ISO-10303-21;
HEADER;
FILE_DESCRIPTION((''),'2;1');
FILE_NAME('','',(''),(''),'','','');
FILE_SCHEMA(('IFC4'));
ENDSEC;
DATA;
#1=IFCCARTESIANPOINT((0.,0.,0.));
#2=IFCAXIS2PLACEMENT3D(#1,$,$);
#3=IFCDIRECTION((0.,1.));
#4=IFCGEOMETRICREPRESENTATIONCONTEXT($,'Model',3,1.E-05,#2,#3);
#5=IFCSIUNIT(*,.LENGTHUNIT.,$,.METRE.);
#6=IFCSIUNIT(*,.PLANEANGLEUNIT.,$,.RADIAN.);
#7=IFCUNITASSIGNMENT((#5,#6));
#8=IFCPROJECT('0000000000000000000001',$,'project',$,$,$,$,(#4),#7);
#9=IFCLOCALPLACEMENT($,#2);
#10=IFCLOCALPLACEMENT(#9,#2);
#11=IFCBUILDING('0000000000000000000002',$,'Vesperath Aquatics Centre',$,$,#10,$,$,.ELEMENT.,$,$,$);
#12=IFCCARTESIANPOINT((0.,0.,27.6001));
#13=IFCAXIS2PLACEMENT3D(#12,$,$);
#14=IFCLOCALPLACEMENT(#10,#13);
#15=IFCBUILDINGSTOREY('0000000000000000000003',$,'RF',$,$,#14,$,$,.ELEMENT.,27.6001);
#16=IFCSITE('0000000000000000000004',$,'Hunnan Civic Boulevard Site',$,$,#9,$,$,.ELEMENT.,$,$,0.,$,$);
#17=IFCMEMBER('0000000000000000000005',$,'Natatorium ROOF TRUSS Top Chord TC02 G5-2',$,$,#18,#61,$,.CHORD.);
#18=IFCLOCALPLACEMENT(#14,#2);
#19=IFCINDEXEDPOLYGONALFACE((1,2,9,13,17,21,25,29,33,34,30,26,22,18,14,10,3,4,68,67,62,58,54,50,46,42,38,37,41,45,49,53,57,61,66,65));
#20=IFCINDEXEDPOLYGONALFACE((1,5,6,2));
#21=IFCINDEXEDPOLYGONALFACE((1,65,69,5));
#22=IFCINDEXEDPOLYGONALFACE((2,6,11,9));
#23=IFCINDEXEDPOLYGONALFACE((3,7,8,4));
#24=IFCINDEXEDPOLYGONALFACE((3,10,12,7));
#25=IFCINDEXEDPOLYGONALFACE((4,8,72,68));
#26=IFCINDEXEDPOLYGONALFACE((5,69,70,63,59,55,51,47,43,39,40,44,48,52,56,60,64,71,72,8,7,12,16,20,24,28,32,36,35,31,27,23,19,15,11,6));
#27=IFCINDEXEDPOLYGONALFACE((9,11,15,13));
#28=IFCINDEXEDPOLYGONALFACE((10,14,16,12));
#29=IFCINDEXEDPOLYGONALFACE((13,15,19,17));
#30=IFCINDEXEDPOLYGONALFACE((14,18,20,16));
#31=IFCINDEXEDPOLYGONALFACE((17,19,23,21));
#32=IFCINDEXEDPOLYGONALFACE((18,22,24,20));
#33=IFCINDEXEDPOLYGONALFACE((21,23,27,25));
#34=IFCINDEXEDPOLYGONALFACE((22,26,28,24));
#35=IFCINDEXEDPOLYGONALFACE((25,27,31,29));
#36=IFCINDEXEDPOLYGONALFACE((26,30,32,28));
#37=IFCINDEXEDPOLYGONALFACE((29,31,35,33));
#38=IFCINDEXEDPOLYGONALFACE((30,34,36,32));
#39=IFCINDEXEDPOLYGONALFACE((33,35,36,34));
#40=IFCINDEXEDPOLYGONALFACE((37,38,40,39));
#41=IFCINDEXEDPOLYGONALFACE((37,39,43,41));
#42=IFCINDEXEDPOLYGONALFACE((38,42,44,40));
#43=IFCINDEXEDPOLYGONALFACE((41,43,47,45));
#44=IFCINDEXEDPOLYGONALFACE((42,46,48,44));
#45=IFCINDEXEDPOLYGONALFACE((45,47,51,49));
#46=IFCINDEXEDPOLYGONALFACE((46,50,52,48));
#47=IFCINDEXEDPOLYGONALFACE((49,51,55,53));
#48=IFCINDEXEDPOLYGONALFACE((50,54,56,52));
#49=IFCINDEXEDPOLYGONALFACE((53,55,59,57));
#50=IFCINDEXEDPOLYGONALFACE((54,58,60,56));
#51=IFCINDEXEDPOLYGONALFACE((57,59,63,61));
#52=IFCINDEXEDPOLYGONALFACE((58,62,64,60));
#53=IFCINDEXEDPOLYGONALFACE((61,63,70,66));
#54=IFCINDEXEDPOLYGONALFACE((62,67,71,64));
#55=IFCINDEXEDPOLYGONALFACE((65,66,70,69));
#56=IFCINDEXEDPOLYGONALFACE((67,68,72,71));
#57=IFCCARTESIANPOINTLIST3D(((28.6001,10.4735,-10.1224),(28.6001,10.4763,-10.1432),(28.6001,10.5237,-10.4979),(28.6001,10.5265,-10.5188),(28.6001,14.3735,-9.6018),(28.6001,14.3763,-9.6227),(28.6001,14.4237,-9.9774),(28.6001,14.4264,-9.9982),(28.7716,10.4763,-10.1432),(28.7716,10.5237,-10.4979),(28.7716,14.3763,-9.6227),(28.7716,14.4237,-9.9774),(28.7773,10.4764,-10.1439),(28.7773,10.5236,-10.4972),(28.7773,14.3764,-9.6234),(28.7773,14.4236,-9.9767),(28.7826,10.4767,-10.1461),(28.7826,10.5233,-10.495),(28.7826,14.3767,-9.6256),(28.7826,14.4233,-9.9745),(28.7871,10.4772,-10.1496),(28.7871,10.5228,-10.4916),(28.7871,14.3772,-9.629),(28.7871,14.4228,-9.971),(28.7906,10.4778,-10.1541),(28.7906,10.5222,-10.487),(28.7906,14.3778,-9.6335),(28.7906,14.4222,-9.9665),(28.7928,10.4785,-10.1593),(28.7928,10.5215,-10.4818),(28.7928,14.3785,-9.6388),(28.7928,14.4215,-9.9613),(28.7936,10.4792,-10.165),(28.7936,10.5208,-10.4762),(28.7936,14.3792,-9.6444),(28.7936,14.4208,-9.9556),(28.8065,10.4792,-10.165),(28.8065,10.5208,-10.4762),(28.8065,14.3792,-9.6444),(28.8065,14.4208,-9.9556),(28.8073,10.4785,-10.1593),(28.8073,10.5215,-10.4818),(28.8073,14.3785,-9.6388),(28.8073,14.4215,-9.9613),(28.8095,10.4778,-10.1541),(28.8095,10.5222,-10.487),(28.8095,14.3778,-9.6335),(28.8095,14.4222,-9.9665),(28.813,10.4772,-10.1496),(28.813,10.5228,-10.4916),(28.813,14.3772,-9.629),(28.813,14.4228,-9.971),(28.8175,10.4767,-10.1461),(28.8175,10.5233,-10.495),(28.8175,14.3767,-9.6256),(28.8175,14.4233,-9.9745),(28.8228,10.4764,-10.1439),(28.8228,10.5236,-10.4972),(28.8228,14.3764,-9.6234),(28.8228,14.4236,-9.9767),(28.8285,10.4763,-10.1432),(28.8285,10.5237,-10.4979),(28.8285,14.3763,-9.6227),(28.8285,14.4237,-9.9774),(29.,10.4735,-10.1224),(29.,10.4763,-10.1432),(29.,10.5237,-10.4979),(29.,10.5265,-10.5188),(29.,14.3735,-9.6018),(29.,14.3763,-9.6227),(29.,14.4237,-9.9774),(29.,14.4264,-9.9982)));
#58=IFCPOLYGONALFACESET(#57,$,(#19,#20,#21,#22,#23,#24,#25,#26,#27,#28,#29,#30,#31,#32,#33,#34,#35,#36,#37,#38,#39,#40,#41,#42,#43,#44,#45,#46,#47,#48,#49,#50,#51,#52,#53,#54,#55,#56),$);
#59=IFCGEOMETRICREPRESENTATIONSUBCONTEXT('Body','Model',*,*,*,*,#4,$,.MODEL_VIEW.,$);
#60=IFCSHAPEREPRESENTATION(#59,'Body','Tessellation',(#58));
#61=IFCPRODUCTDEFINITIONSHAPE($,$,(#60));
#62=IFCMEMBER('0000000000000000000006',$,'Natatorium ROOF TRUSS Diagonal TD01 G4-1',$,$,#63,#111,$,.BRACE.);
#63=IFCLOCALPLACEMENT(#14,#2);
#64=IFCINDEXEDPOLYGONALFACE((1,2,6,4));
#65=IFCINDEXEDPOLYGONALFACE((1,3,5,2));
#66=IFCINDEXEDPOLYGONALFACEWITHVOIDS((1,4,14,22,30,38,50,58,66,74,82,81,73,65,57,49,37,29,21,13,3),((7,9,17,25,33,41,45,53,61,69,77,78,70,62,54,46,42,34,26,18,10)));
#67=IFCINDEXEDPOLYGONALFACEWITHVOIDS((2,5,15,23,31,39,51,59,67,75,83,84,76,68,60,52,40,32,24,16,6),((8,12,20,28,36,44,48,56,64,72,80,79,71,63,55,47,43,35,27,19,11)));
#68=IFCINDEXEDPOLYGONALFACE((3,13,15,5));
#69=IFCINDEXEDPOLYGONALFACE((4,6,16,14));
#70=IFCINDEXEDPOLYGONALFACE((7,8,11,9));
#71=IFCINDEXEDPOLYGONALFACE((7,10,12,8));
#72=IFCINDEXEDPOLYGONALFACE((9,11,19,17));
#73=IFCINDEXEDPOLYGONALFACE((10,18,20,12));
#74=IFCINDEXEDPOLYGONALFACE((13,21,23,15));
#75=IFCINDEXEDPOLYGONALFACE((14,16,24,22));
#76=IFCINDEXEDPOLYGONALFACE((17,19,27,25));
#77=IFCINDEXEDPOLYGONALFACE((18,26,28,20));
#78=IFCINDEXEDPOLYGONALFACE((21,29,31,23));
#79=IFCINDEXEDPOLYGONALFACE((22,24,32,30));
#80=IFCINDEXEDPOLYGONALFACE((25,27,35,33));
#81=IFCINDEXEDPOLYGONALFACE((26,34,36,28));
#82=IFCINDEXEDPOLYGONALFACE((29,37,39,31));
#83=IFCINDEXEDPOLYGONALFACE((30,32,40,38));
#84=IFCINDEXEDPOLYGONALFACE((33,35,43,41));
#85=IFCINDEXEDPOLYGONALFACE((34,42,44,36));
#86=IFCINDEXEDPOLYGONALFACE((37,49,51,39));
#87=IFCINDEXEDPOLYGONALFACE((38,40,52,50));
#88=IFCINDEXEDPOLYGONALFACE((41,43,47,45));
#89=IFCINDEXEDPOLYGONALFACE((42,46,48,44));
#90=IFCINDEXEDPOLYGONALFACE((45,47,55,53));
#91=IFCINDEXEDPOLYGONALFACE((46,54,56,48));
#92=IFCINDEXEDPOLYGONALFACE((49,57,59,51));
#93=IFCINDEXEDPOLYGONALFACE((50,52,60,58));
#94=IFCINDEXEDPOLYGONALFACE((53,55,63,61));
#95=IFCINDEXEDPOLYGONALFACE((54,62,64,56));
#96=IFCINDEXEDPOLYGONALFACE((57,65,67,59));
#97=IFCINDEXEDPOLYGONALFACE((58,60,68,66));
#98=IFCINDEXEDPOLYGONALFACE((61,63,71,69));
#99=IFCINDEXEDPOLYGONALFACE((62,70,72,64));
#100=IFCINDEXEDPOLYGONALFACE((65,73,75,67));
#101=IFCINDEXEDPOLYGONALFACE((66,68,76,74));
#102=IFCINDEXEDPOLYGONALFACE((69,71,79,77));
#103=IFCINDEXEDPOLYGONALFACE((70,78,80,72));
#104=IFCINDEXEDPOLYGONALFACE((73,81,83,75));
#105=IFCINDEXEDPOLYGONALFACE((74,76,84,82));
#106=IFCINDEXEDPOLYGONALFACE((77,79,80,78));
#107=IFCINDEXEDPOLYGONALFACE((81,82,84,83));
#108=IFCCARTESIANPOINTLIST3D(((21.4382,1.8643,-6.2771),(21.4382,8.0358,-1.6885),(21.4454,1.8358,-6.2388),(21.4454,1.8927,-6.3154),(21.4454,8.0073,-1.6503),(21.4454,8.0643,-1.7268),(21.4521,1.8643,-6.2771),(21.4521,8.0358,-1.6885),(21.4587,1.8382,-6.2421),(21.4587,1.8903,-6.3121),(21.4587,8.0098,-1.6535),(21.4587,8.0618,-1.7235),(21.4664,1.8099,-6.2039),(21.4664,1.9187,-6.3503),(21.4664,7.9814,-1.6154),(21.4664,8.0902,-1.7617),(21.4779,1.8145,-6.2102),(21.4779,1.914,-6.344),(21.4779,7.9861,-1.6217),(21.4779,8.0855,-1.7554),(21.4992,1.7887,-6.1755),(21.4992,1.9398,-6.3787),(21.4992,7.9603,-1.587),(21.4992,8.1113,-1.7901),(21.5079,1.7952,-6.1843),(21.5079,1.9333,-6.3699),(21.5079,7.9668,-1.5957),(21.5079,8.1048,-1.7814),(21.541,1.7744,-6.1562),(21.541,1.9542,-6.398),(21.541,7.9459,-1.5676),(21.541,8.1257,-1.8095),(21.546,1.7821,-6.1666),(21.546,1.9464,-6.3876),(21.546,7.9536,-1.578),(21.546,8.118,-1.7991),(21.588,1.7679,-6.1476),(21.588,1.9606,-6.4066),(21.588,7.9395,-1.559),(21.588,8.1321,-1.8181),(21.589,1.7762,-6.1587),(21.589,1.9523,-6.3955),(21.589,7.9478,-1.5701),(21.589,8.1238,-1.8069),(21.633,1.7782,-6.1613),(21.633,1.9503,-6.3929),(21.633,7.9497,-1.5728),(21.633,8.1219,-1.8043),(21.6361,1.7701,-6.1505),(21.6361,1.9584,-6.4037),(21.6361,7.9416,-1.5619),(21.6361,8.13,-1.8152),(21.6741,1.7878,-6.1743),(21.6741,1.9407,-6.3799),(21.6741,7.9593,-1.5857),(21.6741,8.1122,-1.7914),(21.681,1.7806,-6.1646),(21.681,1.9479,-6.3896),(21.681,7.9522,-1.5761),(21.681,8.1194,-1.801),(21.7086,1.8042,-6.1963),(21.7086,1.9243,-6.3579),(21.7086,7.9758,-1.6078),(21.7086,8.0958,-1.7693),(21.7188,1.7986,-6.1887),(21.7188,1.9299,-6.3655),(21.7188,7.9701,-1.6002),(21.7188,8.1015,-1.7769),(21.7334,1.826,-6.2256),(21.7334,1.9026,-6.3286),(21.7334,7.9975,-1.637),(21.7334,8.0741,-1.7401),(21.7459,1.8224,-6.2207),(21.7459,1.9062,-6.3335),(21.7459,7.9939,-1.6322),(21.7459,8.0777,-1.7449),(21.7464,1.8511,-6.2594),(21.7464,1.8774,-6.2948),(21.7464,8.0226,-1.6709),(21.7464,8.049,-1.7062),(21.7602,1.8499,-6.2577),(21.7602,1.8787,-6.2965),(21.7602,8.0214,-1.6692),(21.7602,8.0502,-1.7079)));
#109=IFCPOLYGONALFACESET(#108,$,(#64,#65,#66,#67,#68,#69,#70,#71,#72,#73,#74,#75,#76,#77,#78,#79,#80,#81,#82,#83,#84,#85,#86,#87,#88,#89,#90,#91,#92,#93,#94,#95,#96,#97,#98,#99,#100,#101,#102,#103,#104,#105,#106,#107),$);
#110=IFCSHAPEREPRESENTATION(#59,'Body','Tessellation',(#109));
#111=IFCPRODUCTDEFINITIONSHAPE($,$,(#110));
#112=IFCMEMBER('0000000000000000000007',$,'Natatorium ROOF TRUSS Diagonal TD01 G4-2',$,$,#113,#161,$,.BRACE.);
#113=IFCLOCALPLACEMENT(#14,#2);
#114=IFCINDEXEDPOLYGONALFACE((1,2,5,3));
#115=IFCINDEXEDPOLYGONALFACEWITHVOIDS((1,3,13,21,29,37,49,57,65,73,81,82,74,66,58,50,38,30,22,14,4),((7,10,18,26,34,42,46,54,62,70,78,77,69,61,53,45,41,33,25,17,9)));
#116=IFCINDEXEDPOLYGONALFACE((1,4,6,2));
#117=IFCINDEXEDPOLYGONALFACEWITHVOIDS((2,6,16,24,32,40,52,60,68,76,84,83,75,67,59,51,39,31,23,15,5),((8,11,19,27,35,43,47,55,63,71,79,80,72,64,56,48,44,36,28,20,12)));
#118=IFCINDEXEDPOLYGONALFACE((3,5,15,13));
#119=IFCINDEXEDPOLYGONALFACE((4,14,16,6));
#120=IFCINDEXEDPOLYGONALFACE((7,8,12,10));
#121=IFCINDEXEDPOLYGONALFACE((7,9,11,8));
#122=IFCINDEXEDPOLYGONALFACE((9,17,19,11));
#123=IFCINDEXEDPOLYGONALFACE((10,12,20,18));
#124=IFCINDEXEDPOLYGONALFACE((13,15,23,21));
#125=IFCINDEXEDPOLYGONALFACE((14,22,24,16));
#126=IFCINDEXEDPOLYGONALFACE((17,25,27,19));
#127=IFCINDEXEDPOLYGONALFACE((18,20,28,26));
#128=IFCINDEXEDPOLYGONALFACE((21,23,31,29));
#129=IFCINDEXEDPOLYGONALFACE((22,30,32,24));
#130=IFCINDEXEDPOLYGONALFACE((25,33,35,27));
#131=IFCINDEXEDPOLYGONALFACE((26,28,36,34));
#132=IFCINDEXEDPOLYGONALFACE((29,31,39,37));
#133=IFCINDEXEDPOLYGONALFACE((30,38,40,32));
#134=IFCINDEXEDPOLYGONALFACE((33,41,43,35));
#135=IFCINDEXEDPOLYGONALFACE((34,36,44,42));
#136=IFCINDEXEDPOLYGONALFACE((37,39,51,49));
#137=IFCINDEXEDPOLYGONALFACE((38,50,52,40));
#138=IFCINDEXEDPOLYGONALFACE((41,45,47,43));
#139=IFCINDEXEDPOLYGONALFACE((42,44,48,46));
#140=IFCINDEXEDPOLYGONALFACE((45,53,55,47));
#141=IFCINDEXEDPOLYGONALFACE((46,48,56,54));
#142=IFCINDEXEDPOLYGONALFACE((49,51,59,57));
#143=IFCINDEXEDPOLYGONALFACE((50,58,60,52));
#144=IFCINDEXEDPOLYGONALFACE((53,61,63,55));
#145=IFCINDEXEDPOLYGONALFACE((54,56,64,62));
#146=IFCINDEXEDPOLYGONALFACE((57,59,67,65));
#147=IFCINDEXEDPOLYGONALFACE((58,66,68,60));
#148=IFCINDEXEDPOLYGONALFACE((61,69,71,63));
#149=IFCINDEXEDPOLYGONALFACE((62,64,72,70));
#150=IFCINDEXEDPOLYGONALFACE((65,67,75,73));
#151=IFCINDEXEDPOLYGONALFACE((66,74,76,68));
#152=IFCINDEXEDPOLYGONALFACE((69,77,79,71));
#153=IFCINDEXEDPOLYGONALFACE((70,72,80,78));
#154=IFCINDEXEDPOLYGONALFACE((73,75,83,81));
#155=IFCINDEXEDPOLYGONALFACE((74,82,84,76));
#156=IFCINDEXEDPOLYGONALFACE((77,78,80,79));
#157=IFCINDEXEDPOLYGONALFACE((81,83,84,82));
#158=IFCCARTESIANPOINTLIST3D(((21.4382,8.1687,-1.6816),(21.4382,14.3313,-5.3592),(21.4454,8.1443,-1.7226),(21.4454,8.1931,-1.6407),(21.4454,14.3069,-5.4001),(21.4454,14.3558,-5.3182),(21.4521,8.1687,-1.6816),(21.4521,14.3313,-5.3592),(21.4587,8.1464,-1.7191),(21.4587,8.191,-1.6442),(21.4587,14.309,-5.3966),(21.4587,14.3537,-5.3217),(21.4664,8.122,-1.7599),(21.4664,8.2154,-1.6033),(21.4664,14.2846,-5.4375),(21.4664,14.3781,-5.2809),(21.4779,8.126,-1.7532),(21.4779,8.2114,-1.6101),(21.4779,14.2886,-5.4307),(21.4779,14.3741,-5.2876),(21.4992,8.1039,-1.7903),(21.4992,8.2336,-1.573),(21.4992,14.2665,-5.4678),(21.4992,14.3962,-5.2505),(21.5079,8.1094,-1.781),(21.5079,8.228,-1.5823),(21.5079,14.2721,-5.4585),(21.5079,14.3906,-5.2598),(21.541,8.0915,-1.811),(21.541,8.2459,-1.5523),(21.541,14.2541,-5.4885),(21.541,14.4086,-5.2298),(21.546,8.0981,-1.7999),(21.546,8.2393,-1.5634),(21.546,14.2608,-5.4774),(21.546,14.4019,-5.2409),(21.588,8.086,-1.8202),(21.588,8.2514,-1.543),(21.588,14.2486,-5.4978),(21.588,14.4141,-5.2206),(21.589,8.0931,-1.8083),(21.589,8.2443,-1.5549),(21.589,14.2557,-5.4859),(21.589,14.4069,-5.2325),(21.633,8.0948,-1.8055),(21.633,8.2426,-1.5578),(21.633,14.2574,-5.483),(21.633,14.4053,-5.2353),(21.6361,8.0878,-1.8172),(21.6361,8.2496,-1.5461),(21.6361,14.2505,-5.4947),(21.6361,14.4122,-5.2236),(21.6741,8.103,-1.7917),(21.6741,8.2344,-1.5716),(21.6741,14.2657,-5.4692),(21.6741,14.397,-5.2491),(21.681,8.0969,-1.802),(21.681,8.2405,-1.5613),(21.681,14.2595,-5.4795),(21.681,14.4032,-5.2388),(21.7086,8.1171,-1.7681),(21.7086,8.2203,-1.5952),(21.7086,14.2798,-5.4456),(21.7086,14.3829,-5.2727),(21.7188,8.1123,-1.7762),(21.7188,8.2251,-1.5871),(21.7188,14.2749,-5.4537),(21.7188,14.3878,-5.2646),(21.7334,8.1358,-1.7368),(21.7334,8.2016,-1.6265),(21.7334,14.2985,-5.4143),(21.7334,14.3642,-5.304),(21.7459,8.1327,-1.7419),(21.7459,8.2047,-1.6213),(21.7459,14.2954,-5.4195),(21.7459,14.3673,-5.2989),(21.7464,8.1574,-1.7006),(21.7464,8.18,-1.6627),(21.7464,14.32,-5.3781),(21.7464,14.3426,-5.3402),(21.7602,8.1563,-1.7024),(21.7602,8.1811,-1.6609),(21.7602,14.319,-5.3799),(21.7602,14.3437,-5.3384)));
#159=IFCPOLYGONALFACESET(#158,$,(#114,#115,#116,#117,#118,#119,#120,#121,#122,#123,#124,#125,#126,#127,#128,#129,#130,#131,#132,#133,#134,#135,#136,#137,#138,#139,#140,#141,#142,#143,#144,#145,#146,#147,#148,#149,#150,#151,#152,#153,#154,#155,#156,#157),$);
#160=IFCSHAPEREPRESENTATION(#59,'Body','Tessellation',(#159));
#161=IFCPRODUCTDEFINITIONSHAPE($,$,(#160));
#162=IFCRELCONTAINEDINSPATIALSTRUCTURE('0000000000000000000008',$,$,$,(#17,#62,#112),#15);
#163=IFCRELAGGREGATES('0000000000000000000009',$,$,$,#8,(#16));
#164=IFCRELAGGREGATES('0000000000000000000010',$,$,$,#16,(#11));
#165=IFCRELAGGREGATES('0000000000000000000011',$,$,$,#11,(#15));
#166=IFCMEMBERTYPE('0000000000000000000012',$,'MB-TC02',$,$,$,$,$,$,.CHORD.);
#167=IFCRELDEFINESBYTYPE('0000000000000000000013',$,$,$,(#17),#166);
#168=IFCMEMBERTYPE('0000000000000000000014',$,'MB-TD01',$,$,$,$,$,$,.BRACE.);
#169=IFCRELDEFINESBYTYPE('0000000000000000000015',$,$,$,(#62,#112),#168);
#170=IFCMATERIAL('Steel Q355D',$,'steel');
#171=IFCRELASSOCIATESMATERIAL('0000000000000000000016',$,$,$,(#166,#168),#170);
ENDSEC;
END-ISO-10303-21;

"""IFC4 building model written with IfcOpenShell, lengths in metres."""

from ifc_helpers import new_model, si_unit, direction, frame, origin, origin_2d, place, context, subcontext, project, spatial, hollow_circle, i_section, extrude, material, material_profile, profile_set, type_object, element, save


model = new_model("IFC4")

# Units and contexts
model_context = context("Model", 3, precision=1e-05, world=origin(), true_north=direction((0.0, 1.0)))
body_context = subcontext(model_context, "Body", "Model", "MODEL_VIEW")
ifc_project = project(units=[si_unit("LENGTHUNIT", "METRE"), si_unit("PLANEANGLEUNIT", "RADIAN")], contexts=[model_context])

# Site, building, storey
site_placement = place(None, origin())
site = spatial("IfcSite", under=ifc_project, at=site_placement, Name="Hunnan Civic Boulevard Site", CompositionType="ELEMENT", RefElevation=0.0)
building_placement = place(site_placement, origin())
building = spatial("IfcBuilding", under=site, at=building_placement, Name="Vesperath Aquatics Centre", CompositionType="ELEMENT")
storey_placement = place(building_placement, frame((0.0, 0.0, 27.6001)))
storey = spatial("IfcBuildingStorey", under=building, at=storey_placement, Name="RF", CompositionType="ELEMENT", Elevation=27.6001)

# Members
ifc_material_1 = material(Name="Steel Q355D", Category="steel")
ifc_material_profile_1 = material_profile(ifc_material_1, i_section(OverallWidth=0.3999, OverallDepth=0.3999, WebThickness=0.0129, FlangeThickness=0.021, FilletRadius=0.022, at=origin_2d()), Name="HW 400x400x13x21")
ifc_profile_set_1 = profile_set([ifc_material_profile_1], Name="Steel Q355D")
member_type_1 = type_object("IfcMemberType", Name="MB-TC02", PredefinedType="CHORD", material=ifc_profile_set_1)
for number, where, z_axis, x_axis, name in (
    (1, (28.8, 10.5, -10.3206), (0.0, 0.991211, 0.132294), (-1.0, 0.0, 0.0), "Natatorium ROOF TRUSS Top Chord TC02 G5-2"),
):
    element("IfcMember", number, at=place(storey_placement, frame(where, z_axis=z_axis, x_axis=x_axis)), inside=storey, type_object=member_type_1, Name=name, PredefinedType="CHORD", context=body_context, shape_type="SweptSolid", body=[
        extrude(i_section(OverallWidth=0.3999, OverallDepth=0.3999, WebThickness=0.0129, FlangeThickness=0.021, FilletRadius=0.022, at=origin_2d()), origin(), (0.0, 0.0, 1.0), 3.9346),
    ])
ifc_material_profile_2 = material_profile(ifc_material_1, hollow_circle(Radius=0.1619, WallThickness=0.0139, at=origin_2d()), Name="CHS 323.9x14")
ifc_profile_set_2 = profile_set([ifc_material_profile_2], Name="Steel Q355D")
member_type_2 = type_object("IfcMemberType", Name="MB-TD01", PredefinedType="BRACE", material=ifc_profile_set_2)
member_1_placement = place(storey_placement, frame((21.6001, 1.8643, -6.2771), z_axis=(0.0, 0.802496, 0.596658), x_axis=(-1.0, 0.0, 0.0)))
element("IfcMember", 2, at=member_1_placement, inside=storey, type_object=member_type_2, Name="Natatorium ROOF TRUSS Diagonal TD01 G4-1", PredefinedType="BRACE", context=body_context, shape_type="SweptSolid", body=[
    extrude(hollow_circle(Radius=0.1619, WallThickness=0.0139, at=origin_2d()), origin(), (0.0, 0.0, 1.0), 7.6904),
])
member_2_placement = place(storey_placement, frame((21.6001, 8.1687, -1.6816), z_axis=(0.0, 0.858724, -0.512438), x_axis=(-1.0, 0.0, 0.0)))
element("IfcMember", 3, at=member_2_placement, inside=storey, type_object=member_type_2, Name="Natatorium ROOF TRUSS Diagonal TD01 G4-2", PredefinedType="BRACE", context=body_context, shape_type="SweptSolid", body=[
    extrude(hollow_circle(Radius=0.1619, WallThickness=0.0139, at=origin_2d()), origin(), (0.0, 0.0, 1.0), 7.1765),
])

save(model, "model.ifc")
